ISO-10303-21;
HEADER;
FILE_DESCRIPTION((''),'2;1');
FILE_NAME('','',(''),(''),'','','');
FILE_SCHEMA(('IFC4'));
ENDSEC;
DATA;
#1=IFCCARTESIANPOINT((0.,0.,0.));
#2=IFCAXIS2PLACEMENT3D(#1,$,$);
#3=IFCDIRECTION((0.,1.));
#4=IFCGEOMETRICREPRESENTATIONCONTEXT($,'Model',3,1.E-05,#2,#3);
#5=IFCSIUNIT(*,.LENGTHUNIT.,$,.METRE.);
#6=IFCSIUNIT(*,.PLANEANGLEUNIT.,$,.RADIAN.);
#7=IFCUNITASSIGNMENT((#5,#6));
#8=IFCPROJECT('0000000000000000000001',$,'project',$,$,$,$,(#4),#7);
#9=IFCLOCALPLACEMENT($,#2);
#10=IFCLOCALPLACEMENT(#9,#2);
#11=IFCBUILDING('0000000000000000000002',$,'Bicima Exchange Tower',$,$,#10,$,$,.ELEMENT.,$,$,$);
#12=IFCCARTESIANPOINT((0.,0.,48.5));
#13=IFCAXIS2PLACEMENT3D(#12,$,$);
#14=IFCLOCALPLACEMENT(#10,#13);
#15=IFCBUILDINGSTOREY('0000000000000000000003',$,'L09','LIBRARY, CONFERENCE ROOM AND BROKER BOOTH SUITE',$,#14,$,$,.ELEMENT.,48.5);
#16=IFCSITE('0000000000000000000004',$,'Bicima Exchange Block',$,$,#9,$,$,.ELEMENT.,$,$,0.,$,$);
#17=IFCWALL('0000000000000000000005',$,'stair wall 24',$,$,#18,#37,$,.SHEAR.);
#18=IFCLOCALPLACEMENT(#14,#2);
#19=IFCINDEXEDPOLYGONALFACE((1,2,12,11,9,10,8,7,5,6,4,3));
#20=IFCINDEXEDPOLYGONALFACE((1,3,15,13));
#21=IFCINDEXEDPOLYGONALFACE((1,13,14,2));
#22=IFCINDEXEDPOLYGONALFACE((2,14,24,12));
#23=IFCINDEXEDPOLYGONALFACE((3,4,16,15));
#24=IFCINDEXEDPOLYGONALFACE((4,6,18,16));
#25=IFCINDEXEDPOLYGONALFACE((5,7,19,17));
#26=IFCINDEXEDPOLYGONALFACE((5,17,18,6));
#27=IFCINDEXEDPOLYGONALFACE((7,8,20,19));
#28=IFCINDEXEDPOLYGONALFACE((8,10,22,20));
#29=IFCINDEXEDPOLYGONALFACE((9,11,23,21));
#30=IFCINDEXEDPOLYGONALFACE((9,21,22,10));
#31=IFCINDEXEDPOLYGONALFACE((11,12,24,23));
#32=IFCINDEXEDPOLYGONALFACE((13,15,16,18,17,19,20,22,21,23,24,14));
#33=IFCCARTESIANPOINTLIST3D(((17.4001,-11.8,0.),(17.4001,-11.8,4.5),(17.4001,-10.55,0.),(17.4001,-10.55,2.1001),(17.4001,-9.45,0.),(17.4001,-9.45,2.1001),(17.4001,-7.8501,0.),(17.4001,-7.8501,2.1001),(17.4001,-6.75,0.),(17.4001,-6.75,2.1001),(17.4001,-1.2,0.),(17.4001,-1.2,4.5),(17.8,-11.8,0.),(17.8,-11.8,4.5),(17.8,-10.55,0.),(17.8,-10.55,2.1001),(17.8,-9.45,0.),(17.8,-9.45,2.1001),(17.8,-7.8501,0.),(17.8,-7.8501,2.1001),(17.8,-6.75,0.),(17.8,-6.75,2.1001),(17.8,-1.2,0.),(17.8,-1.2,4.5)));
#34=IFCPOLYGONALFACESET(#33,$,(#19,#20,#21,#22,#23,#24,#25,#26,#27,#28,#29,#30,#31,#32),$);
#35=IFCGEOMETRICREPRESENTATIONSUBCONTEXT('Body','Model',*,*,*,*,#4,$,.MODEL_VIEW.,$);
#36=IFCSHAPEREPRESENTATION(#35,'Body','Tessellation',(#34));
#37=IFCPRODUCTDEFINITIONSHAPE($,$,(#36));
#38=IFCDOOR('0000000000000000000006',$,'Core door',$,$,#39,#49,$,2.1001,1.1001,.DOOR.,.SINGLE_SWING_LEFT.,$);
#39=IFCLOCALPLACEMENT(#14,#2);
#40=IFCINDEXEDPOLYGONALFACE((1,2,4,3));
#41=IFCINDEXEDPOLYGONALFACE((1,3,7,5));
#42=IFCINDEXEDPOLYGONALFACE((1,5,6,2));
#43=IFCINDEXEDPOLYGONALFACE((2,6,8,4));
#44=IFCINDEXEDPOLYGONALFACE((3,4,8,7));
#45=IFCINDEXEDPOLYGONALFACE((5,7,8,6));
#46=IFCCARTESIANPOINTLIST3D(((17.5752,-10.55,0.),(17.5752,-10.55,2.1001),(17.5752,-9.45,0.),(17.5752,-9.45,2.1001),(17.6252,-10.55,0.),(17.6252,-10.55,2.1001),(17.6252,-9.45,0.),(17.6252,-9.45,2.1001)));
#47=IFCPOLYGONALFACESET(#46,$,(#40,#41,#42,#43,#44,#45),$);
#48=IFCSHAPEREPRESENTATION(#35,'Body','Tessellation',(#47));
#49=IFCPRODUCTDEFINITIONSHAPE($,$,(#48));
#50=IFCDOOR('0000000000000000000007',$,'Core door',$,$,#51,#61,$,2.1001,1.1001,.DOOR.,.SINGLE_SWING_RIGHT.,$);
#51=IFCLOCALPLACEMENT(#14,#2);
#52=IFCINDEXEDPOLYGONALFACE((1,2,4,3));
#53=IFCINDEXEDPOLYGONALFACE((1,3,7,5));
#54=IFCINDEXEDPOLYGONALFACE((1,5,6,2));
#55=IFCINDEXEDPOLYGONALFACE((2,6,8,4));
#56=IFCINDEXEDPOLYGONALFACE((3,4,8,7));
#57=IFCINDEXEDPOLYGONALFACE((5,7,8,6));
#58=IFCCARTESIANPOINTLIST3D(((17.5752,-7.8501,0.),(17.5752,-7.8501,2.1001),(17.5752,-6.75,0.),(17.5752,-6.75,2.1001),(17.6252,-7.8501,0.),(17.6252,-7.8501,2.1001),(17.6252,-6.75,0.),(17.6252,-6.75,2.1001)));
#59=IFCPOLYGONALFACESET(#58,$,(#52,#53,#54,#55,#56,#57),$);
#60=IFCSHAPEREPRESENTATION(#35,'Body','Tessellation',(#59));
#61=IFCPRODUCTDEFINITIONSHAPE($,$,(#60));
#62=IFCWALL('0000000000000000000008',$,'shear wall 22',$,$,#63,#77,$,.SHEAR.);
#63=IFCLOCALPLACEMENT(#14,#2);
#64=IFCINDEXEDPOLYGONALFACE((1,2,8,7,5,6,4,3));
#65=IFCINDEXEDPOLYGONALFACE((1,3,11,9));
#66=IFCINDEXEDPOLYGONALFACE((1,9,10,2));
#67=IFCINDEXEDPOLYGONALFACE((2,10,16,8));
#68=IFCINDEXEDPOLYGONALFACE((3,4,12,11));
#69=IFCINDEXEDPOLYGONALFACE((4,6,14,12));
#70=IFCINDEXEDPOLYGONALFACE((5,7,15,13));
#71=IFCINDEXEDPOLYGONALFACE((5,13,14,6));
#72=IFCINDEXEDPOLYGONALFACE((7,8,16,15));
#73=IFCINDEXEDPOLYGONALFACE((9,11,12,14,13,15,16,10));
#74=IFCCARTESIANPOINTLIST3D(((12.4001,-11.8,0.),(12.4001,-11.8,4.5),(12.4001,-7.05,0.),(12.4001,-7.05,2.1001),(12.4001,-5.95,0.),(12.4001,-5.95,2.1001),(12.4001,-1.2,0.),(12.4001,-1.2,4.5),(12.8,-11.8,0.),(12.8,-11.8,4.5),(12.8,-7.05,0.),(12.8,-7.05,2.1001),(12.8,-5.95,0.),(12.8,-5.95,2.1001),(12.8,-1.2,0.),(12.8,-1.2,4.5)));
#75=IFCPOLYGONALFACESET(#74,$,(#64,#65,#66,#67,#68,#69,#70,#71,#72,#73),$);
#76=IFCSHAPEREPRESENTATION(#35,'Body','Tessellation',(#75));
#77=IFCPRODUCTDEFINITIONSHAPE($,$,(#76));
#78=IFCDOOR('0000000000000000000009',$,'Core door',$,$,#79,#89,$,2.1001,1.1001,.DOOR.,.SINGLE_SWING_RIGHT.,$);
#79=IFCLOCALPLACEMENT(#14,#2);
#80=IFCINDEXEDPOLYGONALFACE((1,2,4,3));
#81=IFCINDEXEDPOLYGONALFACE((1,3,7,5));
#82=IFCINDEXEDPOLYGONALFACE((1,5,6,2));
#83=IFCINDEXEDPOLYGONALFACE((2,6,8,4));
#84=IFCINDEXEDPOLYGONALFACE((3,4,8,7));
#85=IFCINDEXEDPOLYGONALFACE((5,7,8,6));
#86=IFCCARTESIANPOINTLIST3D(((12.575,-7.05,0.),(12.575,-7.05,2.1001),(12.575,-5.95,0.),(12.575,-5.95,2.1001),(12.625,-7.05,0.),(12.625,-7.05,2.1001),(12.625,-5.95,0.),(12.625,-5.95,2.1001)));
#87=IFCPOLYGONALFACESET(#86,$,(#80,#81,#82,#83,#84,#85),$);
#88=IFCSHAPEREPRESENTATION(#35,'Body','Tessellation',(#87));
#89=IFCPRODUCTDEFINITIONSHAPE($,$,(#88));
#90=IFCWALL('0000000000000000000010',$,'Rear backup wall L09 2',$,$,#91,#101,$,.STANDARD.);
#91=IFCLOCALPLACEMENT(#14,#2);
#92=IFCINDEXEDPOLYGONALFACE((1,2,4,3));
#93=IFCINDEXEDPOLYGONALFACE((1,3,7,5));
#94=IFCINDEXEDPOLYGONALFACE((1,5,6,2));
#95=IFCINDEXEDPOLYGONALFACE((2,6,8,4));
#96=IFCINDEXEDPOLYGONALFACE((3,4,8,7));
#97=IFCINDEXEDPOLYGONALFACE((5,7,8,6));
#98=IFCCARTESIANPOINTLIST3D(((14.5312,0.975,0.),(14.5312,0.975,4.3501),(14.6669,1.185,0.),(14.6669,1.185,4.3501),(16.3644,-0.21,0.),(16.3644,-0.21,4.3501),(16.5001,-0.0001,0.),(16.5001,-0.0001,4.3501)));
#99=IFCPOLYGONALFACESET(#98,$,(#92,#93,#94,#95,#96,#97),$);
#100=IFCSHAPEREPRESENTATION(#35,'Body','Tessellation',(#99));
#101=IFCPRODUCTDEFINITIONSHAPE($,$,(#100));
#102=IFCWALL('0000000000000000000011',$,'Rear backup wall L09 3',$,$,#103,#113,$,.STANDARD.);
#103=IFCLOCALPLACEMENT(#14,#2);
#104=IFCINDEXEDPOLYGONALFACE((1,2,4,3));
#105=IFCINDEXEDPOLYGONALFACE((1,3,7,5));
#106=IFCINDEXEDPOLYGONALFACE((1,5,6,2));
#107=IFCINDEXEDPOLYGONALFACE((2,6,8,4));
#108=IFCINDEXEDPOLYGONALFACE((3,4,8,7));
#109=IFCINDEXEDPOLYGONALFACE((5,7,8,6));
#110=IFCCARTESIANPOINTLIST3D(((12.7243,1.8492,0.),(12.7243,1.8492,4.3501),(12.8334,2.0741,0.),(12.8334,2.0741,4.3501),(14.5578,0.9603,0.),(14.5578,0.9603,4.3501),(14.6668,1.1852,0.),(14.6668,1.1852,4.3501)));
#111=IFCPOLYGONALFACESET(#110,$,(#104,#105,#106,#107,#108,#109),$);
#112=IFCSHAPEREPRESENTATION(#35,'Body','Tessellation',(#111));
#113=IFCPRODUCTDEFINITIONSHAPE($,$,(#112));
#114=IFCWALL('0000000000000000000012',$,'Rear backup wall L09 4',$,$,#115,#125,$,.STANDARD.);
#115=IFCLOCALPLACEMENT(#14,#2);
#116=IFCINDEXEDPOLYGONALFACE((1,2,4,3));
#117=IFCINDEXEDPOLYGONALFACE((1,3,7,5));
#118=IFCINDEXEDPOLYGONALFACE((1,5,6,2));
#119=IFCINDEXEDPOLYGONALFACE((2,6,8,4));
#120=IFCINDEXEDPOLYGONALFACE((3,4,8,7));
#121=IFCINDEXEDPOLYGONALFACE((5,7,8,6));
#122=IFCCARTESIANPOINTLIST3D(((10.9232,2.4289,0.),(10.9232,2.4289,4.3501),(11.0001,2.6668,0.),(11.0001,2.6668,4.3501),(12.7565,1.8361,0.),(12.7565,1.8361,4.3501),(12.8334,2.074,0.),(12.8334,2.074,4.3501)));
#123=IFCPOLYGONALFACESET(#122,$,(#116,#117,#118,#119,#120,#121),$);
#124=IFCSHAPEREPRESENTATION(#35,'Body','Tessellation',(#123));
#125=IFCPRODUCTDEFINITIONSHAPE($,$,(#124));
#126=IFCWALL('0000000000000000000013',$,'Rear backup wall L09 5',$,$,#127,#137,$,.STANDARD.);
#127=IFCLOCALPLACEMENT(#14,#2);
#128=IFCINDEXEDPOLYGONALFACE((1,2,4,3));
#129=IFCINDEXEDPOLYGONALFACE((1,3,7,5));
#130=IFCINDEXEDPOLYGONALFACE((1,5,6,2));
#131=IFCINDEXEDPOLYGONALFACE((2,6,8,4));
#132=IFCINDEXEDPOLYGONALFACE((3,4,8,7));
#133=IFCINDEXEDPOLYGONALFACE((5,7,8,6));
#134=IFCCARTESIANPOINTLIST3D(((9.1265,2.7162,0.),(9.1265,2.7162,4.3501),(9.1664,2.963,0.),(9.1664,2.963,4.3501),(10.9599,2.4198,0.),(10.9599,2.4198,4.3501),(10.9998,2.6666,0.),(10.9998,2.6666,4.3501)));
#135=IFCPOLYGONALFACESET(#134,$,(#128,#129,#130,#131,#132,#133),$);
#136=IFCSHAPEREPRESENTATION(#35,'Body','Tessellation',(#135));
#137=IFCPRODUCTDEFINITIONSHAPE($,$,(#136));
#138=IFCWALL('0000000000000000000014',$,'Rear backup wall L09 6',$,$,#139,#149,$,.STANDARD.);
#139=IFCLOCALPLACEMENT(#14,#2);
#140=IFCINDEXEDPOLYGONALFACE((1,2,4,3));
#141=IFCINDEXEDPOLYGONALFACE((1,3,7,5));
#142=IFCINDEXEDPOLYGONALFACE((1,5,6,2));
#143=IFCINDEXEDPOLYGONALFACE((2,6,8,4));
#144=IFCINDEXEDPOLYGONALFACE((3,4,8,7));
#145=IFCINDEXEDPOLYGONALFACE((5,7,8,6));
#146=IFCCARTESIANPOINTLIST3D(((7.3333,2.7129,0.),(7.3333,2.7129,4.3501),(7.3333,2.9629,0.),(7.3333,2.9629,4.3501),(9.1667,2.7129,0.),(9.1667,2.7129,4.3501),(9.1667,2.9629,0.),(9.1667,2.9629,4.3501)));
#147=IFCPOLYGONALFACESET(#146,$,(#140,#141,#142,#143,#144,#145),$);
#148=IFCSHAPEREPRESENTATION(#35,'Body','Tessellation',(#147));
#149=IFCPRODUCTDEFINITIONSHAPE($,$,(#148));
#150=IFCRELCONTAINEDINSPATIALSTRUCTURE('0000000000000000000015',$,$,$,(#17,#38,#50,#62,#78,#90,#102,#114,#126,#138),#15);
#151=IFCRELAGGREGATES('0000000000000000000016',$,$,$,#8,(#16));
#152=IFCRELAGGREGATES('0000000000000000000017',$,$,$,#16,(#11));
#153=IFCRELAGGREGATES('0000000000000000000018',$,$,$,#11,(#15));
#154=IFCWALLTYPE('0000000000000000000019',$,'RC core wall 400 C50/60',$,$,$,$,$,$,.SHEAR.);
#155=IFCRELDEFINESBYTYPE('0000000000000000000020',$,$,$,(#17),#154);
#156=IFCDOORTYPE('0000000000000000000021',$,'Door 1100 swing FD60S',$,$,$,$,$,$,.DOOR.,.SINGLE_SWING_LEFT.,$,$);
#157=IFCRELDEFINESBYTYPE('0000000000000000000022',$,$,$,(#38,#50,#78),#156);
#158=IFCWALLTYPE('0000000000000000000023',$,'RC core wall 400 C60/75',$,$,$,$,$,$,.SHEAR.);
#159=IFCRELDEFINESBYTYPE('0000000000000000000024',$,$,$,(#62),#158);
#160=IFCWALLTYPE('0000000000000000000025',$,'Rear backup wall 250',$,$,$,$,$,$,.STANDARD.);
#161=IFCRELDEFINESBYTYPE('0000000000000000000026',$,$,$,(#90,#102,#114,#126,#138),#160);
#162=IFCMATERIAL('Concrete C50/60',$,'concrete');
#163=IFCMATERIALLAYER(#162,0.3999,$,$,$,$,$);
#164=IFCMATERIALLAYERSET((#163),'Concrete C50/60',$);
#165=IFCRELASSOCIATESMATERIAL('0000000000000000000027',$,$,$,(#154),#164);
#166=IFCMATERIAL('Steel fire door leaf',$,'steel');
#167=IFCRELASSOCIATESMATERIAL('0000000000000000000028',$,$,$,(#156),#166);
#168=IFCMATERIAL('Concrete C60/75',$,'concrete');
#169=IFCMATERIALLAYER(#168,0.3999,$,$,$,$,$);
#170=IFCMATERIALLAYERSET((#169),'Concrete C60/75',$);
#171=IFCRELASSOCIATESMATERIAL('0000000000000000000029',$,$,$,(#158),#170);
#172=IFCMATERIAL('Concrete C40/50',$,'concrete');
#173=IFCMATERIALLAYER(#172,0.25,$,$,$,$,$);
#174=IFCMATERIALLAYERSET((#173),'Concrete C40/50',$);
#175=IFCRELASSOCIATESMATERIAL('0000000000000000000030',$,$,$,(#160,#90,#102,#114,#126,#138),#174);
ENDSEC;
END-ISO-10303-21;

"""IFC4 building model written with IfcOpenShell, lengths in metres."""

from ifc_helpers import new_model, si_unit, direction, frame, frame_2d, origin, place, context, subcontext, project, spatial, rectangle, extrude, material, layer, layer_set, layer_usage, type_object, element, fill, save


model = new_model("IFC4")

# Units and contexts
model_context = context("Model", 3, precision=1e-05, world=origin(), true_north=direction((0.0, 1.0)))
body_context = subcontext(model_context, "Body", "Model", "MODEL_VIEW")
ifc_project = project(units=[si_unit("LENGTHUNIT", "METRE"), si_unit("PLANEANGLEUNIT", "RADIAN")], contexts=[model_context])

# Site, building, storey
site_placement = place(None, origin())
site = spatial("IfcSite", under=ifc_project, at=site_placement, Name="Bicima Exchange Block", CompositionType="ELEMENT", RefElevation=0.0)
building_placement = place(site_placement, origin())
building = spatial("IfcBuilding", under=site, at=building_placement, Name="Bicima Exchange Tower", CompositionType="ELEMENT")
storey_placement = place(building_placement, frame((0.0, 0.0, 48.5)))
storey = spatial("IfcBuildingStorey", under=building, at=storey_placement, Name="L09", Description="LIBRARY, CONFERENCE ROOM AND BROKER BOOTH SUITE", CompositionType="ELEMENT", Elevation=48.5)

# Shared definitions
ifc_material_1 = material(Name="Concrete C50/60", Category="concrete")
ifc_layer_1 = layer(ifc_material_1, 0.3999)
ifc_layer_set_1 = layer_set([ifc_layer_1], Name="Concrete C50/60")
wall_type_1 = type_object("IfcWallType", Name="RC core wall 400 C50/60", PredefinedType="SHEAR", material=ifc_layer_set_1)
ifc_material_2 = material(Name="Steel fire door leaf", Category="steel")

# Wall, openings, doors
wall_1_placement = place(storey_placement, frame((17.6001, -11.8, 0.0), z_axis=(0.0, 0.0, 1.0), x_axis=(0.0, 1.0, 0.0)))
wall_1 = element("IfcWall", 1, at=wall_1_placement, inside=storey, type_object=wall_type_1, Name="stair wall 24", PredefinedType="SHEAR", context=body_context, shape_type="SweptSolid", body=[
    extrude(rectangle(XDim=10.6001, YDim=0.3999, at=frame_2d((5.3, 0.0))), origin(), (0.0, 0.0, 1.0), 4.5),
])
opening_1_placement = place(wall_1_placement, frame((1.25, 0.0, 0.0)))
opening_1 = element("IfcOpeningElement", 2, at=opening_1_placement, cuts=wall_1, PredefinedType="OPENING", context=body_context, shape_type="SweptSolid", body=[
    extrude(rectangle(XDim=1.1001, YDim=2.1001, at=frame_2d((0.55, 1.05))), frame((0.0, 0.2119, 0.0), z_axis=(0.0, -1.0, 0.0), x_axis=(1.0, 0.0, 0.0)), (0.0, 0.0, 1.0), 0.4238),
])
opening_2_placement = place(wall_1_placement, frame((3.95, 0.0, 0.0)))
opening_2 = element("IfcOpeningElement", 3, at=opening_2_placement, cuts=wall_1, PredefinedType="OPENING", context=body_context, shape_type="SweptSolid", body=[
    extrude(rectangle(XDim=1.1001, YDim=2.1001, at=frame_2d((0.55, 1.05))), frame((0.0, 0.2119, 0.0), z_axis=(0.0, -1.0, 0.0), x_axis=(1.0, 0.0, 0.0)), (0.0, 0.0, 1.0), 0.4238),
])
door_type_1 = type_object("IfcDoorType", Name="Door 1100 swing FD60S", OperationType="SINGLE_SWING_LEFT", PredefinedType="DOOR", material=ifc_material_2)
door_1_placement = place(opening_1_placement, origin())
door_1 = element("IfcDoor", 4, at=door_1_placement, inside=storey, type_object=door_type_1, Name="Core door", OperationType="SINGLE_SWING_LEFT", OverallHeight=2.1001, OverallWidth=1.1001, PredefinedType="DOOR", context=body_context, shape_type="SweptSolid", body=[
    extrude(rectangle(XDim=1.1001, YDim=2.1001, at=frame_2d((0.55, 1.05))), frame((0.0, 0.0249, 0.0), z_axis=(0.0, -1.0, 0.0), x_axis=(1.0, 0.0, 0.0)), (0.0, 0.0, 1.0), 0.05),
])
fill(opening_1, door_1)
door_2_placement = place(opening_2_placement, origin())
door_2 = element("IfcDoor", 5, at=door_2_placement, inside=storey, type_object=door_type_1, Name="Core door", OperationType="SINGLE_SWING_RIGHT", OverallHeight=2.1001, OverallWidth=1.1001, PredefinedType="DOOR", context=body_context, shape_type="SweptSolid", body=[
    extrude(rectangle(XDim=1.1001, YDim=2.1001, at=frame_2d((0.55, 1.05))), frame((0.0, 0.0249, 0.0), z_axis=(0.0, -1.0, 0.0), x_axis=(1.0, 0.0, 0.0)), (0.0, 0.0, 1.0), 0.05),
])
fill(opening_2, door_2)

# Wall, opening, door
ifc_material_3 = material(Name="Concrete C60/75", Category="concrete")
ifc_layer_2 = layer(ifc_material_3, 0.3999)
ifc_layer_set_2 = layer_set([ifc_layer_2], Name="Concrete C60/75")
wall_type_2 = type_object("IfcWallType", Name="RC core wall 400 C60/75", PredefinedType="SHEAR", material=ifc_layer_set_2)
wall_2_placement = place(storey_placement, frame((12.6001, -11.8, 0.0), z_axis=(0.0, 0.0, 1.0), x_axis=(0.0, 1.0, 0.0)))
wall_2 = element("IfcWall", 6, at=wall_2_placement, inside=storey, type_object=wall_type_2, Name="shear wall 22", PredefinedType="SHEAR", context=body_context, shape_type="SweptSolid", body=[
    extrude(rectangle(XDim=10.6001, YDim=0.3999, at=frame_2d((5.3, 0.0))), origin(), (0.0, 0.0, 1.0), 4.5),
])
opening_3_placement = place(wall_2_placement, frame((4.75, 0.0, 0.0)))
opening_3 = element("IfcOpeningElement", 7, at=opening_3_placement, cuts=wall_2, PredefinedType="OPENING", context=body_context, shape_type="SweptSolid", body=[
    extrude(rectangle(XDim=1.1001, YDim=2.1001, at=frame_2d((0.55, 1.05))), frame((0.0, 0.2119, 0.0), z_axis=(0.0, -1.0, 0.0), x_axis=(1.0, 0.0, 0.0)), (0.0, 0.0, 1.0), 0.4238),
])
door_3_placement = place(opening_3_placement, frame((1.1001, 0.0, 0.0), z_axis=(0.0, 0.0, 1.0), x_axis=(-1.0, 0.0, 0.0)))
door_3 = element("IfcDoor", 8, at=door_3_placement, inside=storey, type_object=door_type_1, Name="Core door", OperationType="SINGLE_SWING_RIGHT", OverallHeight=2.1001, OverallWidth=1.1001, PredefinedType="DOOR", context=body_context, shape_type="SweptSolid", body=[
    extrude(rectangle(XDim=1.1001, YDim=2.1001, at=frame_2d((0.55, 1.05))), frame((0.0, 0.0249, 0.0), z_axis=(0.0, -1.0, 0.0), x_axis=(1.0, 0.0, 0.0)), (0.0, 0.0, 1.0), 0.05),
])
fill(opening_3, door_3)

# Walls
ifc_material_4 = material(Name="Concrete C40/50", Category="concrete")
ifc_layer_3 = layer(ifc_material_4, 0.25)
ifc_layer_set_3 = layer_set([ifc_layer_3], Name="Concrete C40/50")
ifc_layer_usage = layer_usage(ifc_layer_set_3, "AXIS2", "POSITIVE", -0.125)
wall_type_3 = type_object("IfcWallType", Name="Rear backup wall 250", PredefinedType="STANDARD", material=ifc_layer_set_3)
wall_3_placement = place(storey_placement, frame((16.4321, -0.105, 0.0), z_axis=(0.0, 0.0, 1.0), x_axis=(-0.839813, 0.542876, 0.0)))
element("IfcWall", 9, at=wall_3_placement, inside=storey, type_object=wall_type_3, material=ifc_layer_usage, Name="Rear backup wall L09 2", PredefinedType="STANDARD", context=body_context, shape_type="SweptSolid", body=[
    extrude(rectangle(XDim=2.1829, YDim=0.25, at=frame_2d((1.0913, 0.0))), origin(), (0.0, 0.0, 1.0), 4.3501),
])
wall_4_placement = place(storey_placement, frame((14.6123, 1.0728, 0.0), z_axis=(0.0, 0.0, 1.0), x_axis=(-0.899824, 0.436253, 0.0)))
element("IfcWall", 10, at=wall_4_placement, inside=storey, type_object=wall_type_3, material=ifc_layer_usage, Name="Rear backup wall L09 3", PredefinedType="STANDARD", context=body_context, shape_type="SweptSolid", body=[
    extrude(rectangle(XDim=2.0376, YDim=0.25, at=frame_2d((1.0188, 0.0))), origin(), (0.0, 0.0, 1.0), 4.3501),
])
wall_5_placement = place(storey_placement, frame((12.7949, 1.9551, 0.0), z_axis=(0.0, 0.0, 1.0), x_axis=(-0.951496, 0.307662, 0.0)))
element("IfcWall", 11, at=wall_5_placement, inside=storey, type_object=wall_type_3, material=ifc_layer_usage, Name="Rear backup wall L09 4", PredefinedType="STANDARD", context=body_context, shape_type="SweptSolid", body=[
    extrude(rectangle(XDim=1.9268, YDim=0.25, at=frame_2d((0.9634, 0.0))), origin(), (0.0, 0.0, 1.0), 4.3501),
])
wall_6_placement = place(storey_placement, frame((10.98, 2.5432, 0.0), z_axis=(0.0, 0.0, 1.0), x_axis=(-0.987182, 0.1596, 0.0)))
element("IfcWall", 12, at=wall_6_placement, inside=storey, type_object=wall_type_3, material=ifc_layer_usage, Name="Rear backup wall L09 5", PredefinedType="STANDARD", context=body_context, shape_type="SweptSolid", body=[
    extrude(rectangle(XDim=1.8572, YDim=0.25, at=frame_2d((0.9287, 0.0))), origin(), (0.0, 0.0, 1.0), 4.3501),
])
wall_7_placement = place(storey_placement, frame((9.1667, 2.8379, 0.0), z_axis=(0.0, 0.0, 1.0), x_axis=(-1.0, 0.0, 0.0)))
element("IfcWall", 13, at=wall_7_placement, inside=storey, type_object=wall_type_3, material=ifc_layer_usage, Name="Rear backup wall L09 6", PredefinedType="STANDARD", context=body_context, shape_type="SweptSolid", body=[
    extrude(rectangle(XDim=1.8335, YDim=0.25, at=frame_2d((0.9167, 0.0))), origin(), (0.0, 0.0, 1.0), 4.3501),
])

save(model, "model.ifc")
